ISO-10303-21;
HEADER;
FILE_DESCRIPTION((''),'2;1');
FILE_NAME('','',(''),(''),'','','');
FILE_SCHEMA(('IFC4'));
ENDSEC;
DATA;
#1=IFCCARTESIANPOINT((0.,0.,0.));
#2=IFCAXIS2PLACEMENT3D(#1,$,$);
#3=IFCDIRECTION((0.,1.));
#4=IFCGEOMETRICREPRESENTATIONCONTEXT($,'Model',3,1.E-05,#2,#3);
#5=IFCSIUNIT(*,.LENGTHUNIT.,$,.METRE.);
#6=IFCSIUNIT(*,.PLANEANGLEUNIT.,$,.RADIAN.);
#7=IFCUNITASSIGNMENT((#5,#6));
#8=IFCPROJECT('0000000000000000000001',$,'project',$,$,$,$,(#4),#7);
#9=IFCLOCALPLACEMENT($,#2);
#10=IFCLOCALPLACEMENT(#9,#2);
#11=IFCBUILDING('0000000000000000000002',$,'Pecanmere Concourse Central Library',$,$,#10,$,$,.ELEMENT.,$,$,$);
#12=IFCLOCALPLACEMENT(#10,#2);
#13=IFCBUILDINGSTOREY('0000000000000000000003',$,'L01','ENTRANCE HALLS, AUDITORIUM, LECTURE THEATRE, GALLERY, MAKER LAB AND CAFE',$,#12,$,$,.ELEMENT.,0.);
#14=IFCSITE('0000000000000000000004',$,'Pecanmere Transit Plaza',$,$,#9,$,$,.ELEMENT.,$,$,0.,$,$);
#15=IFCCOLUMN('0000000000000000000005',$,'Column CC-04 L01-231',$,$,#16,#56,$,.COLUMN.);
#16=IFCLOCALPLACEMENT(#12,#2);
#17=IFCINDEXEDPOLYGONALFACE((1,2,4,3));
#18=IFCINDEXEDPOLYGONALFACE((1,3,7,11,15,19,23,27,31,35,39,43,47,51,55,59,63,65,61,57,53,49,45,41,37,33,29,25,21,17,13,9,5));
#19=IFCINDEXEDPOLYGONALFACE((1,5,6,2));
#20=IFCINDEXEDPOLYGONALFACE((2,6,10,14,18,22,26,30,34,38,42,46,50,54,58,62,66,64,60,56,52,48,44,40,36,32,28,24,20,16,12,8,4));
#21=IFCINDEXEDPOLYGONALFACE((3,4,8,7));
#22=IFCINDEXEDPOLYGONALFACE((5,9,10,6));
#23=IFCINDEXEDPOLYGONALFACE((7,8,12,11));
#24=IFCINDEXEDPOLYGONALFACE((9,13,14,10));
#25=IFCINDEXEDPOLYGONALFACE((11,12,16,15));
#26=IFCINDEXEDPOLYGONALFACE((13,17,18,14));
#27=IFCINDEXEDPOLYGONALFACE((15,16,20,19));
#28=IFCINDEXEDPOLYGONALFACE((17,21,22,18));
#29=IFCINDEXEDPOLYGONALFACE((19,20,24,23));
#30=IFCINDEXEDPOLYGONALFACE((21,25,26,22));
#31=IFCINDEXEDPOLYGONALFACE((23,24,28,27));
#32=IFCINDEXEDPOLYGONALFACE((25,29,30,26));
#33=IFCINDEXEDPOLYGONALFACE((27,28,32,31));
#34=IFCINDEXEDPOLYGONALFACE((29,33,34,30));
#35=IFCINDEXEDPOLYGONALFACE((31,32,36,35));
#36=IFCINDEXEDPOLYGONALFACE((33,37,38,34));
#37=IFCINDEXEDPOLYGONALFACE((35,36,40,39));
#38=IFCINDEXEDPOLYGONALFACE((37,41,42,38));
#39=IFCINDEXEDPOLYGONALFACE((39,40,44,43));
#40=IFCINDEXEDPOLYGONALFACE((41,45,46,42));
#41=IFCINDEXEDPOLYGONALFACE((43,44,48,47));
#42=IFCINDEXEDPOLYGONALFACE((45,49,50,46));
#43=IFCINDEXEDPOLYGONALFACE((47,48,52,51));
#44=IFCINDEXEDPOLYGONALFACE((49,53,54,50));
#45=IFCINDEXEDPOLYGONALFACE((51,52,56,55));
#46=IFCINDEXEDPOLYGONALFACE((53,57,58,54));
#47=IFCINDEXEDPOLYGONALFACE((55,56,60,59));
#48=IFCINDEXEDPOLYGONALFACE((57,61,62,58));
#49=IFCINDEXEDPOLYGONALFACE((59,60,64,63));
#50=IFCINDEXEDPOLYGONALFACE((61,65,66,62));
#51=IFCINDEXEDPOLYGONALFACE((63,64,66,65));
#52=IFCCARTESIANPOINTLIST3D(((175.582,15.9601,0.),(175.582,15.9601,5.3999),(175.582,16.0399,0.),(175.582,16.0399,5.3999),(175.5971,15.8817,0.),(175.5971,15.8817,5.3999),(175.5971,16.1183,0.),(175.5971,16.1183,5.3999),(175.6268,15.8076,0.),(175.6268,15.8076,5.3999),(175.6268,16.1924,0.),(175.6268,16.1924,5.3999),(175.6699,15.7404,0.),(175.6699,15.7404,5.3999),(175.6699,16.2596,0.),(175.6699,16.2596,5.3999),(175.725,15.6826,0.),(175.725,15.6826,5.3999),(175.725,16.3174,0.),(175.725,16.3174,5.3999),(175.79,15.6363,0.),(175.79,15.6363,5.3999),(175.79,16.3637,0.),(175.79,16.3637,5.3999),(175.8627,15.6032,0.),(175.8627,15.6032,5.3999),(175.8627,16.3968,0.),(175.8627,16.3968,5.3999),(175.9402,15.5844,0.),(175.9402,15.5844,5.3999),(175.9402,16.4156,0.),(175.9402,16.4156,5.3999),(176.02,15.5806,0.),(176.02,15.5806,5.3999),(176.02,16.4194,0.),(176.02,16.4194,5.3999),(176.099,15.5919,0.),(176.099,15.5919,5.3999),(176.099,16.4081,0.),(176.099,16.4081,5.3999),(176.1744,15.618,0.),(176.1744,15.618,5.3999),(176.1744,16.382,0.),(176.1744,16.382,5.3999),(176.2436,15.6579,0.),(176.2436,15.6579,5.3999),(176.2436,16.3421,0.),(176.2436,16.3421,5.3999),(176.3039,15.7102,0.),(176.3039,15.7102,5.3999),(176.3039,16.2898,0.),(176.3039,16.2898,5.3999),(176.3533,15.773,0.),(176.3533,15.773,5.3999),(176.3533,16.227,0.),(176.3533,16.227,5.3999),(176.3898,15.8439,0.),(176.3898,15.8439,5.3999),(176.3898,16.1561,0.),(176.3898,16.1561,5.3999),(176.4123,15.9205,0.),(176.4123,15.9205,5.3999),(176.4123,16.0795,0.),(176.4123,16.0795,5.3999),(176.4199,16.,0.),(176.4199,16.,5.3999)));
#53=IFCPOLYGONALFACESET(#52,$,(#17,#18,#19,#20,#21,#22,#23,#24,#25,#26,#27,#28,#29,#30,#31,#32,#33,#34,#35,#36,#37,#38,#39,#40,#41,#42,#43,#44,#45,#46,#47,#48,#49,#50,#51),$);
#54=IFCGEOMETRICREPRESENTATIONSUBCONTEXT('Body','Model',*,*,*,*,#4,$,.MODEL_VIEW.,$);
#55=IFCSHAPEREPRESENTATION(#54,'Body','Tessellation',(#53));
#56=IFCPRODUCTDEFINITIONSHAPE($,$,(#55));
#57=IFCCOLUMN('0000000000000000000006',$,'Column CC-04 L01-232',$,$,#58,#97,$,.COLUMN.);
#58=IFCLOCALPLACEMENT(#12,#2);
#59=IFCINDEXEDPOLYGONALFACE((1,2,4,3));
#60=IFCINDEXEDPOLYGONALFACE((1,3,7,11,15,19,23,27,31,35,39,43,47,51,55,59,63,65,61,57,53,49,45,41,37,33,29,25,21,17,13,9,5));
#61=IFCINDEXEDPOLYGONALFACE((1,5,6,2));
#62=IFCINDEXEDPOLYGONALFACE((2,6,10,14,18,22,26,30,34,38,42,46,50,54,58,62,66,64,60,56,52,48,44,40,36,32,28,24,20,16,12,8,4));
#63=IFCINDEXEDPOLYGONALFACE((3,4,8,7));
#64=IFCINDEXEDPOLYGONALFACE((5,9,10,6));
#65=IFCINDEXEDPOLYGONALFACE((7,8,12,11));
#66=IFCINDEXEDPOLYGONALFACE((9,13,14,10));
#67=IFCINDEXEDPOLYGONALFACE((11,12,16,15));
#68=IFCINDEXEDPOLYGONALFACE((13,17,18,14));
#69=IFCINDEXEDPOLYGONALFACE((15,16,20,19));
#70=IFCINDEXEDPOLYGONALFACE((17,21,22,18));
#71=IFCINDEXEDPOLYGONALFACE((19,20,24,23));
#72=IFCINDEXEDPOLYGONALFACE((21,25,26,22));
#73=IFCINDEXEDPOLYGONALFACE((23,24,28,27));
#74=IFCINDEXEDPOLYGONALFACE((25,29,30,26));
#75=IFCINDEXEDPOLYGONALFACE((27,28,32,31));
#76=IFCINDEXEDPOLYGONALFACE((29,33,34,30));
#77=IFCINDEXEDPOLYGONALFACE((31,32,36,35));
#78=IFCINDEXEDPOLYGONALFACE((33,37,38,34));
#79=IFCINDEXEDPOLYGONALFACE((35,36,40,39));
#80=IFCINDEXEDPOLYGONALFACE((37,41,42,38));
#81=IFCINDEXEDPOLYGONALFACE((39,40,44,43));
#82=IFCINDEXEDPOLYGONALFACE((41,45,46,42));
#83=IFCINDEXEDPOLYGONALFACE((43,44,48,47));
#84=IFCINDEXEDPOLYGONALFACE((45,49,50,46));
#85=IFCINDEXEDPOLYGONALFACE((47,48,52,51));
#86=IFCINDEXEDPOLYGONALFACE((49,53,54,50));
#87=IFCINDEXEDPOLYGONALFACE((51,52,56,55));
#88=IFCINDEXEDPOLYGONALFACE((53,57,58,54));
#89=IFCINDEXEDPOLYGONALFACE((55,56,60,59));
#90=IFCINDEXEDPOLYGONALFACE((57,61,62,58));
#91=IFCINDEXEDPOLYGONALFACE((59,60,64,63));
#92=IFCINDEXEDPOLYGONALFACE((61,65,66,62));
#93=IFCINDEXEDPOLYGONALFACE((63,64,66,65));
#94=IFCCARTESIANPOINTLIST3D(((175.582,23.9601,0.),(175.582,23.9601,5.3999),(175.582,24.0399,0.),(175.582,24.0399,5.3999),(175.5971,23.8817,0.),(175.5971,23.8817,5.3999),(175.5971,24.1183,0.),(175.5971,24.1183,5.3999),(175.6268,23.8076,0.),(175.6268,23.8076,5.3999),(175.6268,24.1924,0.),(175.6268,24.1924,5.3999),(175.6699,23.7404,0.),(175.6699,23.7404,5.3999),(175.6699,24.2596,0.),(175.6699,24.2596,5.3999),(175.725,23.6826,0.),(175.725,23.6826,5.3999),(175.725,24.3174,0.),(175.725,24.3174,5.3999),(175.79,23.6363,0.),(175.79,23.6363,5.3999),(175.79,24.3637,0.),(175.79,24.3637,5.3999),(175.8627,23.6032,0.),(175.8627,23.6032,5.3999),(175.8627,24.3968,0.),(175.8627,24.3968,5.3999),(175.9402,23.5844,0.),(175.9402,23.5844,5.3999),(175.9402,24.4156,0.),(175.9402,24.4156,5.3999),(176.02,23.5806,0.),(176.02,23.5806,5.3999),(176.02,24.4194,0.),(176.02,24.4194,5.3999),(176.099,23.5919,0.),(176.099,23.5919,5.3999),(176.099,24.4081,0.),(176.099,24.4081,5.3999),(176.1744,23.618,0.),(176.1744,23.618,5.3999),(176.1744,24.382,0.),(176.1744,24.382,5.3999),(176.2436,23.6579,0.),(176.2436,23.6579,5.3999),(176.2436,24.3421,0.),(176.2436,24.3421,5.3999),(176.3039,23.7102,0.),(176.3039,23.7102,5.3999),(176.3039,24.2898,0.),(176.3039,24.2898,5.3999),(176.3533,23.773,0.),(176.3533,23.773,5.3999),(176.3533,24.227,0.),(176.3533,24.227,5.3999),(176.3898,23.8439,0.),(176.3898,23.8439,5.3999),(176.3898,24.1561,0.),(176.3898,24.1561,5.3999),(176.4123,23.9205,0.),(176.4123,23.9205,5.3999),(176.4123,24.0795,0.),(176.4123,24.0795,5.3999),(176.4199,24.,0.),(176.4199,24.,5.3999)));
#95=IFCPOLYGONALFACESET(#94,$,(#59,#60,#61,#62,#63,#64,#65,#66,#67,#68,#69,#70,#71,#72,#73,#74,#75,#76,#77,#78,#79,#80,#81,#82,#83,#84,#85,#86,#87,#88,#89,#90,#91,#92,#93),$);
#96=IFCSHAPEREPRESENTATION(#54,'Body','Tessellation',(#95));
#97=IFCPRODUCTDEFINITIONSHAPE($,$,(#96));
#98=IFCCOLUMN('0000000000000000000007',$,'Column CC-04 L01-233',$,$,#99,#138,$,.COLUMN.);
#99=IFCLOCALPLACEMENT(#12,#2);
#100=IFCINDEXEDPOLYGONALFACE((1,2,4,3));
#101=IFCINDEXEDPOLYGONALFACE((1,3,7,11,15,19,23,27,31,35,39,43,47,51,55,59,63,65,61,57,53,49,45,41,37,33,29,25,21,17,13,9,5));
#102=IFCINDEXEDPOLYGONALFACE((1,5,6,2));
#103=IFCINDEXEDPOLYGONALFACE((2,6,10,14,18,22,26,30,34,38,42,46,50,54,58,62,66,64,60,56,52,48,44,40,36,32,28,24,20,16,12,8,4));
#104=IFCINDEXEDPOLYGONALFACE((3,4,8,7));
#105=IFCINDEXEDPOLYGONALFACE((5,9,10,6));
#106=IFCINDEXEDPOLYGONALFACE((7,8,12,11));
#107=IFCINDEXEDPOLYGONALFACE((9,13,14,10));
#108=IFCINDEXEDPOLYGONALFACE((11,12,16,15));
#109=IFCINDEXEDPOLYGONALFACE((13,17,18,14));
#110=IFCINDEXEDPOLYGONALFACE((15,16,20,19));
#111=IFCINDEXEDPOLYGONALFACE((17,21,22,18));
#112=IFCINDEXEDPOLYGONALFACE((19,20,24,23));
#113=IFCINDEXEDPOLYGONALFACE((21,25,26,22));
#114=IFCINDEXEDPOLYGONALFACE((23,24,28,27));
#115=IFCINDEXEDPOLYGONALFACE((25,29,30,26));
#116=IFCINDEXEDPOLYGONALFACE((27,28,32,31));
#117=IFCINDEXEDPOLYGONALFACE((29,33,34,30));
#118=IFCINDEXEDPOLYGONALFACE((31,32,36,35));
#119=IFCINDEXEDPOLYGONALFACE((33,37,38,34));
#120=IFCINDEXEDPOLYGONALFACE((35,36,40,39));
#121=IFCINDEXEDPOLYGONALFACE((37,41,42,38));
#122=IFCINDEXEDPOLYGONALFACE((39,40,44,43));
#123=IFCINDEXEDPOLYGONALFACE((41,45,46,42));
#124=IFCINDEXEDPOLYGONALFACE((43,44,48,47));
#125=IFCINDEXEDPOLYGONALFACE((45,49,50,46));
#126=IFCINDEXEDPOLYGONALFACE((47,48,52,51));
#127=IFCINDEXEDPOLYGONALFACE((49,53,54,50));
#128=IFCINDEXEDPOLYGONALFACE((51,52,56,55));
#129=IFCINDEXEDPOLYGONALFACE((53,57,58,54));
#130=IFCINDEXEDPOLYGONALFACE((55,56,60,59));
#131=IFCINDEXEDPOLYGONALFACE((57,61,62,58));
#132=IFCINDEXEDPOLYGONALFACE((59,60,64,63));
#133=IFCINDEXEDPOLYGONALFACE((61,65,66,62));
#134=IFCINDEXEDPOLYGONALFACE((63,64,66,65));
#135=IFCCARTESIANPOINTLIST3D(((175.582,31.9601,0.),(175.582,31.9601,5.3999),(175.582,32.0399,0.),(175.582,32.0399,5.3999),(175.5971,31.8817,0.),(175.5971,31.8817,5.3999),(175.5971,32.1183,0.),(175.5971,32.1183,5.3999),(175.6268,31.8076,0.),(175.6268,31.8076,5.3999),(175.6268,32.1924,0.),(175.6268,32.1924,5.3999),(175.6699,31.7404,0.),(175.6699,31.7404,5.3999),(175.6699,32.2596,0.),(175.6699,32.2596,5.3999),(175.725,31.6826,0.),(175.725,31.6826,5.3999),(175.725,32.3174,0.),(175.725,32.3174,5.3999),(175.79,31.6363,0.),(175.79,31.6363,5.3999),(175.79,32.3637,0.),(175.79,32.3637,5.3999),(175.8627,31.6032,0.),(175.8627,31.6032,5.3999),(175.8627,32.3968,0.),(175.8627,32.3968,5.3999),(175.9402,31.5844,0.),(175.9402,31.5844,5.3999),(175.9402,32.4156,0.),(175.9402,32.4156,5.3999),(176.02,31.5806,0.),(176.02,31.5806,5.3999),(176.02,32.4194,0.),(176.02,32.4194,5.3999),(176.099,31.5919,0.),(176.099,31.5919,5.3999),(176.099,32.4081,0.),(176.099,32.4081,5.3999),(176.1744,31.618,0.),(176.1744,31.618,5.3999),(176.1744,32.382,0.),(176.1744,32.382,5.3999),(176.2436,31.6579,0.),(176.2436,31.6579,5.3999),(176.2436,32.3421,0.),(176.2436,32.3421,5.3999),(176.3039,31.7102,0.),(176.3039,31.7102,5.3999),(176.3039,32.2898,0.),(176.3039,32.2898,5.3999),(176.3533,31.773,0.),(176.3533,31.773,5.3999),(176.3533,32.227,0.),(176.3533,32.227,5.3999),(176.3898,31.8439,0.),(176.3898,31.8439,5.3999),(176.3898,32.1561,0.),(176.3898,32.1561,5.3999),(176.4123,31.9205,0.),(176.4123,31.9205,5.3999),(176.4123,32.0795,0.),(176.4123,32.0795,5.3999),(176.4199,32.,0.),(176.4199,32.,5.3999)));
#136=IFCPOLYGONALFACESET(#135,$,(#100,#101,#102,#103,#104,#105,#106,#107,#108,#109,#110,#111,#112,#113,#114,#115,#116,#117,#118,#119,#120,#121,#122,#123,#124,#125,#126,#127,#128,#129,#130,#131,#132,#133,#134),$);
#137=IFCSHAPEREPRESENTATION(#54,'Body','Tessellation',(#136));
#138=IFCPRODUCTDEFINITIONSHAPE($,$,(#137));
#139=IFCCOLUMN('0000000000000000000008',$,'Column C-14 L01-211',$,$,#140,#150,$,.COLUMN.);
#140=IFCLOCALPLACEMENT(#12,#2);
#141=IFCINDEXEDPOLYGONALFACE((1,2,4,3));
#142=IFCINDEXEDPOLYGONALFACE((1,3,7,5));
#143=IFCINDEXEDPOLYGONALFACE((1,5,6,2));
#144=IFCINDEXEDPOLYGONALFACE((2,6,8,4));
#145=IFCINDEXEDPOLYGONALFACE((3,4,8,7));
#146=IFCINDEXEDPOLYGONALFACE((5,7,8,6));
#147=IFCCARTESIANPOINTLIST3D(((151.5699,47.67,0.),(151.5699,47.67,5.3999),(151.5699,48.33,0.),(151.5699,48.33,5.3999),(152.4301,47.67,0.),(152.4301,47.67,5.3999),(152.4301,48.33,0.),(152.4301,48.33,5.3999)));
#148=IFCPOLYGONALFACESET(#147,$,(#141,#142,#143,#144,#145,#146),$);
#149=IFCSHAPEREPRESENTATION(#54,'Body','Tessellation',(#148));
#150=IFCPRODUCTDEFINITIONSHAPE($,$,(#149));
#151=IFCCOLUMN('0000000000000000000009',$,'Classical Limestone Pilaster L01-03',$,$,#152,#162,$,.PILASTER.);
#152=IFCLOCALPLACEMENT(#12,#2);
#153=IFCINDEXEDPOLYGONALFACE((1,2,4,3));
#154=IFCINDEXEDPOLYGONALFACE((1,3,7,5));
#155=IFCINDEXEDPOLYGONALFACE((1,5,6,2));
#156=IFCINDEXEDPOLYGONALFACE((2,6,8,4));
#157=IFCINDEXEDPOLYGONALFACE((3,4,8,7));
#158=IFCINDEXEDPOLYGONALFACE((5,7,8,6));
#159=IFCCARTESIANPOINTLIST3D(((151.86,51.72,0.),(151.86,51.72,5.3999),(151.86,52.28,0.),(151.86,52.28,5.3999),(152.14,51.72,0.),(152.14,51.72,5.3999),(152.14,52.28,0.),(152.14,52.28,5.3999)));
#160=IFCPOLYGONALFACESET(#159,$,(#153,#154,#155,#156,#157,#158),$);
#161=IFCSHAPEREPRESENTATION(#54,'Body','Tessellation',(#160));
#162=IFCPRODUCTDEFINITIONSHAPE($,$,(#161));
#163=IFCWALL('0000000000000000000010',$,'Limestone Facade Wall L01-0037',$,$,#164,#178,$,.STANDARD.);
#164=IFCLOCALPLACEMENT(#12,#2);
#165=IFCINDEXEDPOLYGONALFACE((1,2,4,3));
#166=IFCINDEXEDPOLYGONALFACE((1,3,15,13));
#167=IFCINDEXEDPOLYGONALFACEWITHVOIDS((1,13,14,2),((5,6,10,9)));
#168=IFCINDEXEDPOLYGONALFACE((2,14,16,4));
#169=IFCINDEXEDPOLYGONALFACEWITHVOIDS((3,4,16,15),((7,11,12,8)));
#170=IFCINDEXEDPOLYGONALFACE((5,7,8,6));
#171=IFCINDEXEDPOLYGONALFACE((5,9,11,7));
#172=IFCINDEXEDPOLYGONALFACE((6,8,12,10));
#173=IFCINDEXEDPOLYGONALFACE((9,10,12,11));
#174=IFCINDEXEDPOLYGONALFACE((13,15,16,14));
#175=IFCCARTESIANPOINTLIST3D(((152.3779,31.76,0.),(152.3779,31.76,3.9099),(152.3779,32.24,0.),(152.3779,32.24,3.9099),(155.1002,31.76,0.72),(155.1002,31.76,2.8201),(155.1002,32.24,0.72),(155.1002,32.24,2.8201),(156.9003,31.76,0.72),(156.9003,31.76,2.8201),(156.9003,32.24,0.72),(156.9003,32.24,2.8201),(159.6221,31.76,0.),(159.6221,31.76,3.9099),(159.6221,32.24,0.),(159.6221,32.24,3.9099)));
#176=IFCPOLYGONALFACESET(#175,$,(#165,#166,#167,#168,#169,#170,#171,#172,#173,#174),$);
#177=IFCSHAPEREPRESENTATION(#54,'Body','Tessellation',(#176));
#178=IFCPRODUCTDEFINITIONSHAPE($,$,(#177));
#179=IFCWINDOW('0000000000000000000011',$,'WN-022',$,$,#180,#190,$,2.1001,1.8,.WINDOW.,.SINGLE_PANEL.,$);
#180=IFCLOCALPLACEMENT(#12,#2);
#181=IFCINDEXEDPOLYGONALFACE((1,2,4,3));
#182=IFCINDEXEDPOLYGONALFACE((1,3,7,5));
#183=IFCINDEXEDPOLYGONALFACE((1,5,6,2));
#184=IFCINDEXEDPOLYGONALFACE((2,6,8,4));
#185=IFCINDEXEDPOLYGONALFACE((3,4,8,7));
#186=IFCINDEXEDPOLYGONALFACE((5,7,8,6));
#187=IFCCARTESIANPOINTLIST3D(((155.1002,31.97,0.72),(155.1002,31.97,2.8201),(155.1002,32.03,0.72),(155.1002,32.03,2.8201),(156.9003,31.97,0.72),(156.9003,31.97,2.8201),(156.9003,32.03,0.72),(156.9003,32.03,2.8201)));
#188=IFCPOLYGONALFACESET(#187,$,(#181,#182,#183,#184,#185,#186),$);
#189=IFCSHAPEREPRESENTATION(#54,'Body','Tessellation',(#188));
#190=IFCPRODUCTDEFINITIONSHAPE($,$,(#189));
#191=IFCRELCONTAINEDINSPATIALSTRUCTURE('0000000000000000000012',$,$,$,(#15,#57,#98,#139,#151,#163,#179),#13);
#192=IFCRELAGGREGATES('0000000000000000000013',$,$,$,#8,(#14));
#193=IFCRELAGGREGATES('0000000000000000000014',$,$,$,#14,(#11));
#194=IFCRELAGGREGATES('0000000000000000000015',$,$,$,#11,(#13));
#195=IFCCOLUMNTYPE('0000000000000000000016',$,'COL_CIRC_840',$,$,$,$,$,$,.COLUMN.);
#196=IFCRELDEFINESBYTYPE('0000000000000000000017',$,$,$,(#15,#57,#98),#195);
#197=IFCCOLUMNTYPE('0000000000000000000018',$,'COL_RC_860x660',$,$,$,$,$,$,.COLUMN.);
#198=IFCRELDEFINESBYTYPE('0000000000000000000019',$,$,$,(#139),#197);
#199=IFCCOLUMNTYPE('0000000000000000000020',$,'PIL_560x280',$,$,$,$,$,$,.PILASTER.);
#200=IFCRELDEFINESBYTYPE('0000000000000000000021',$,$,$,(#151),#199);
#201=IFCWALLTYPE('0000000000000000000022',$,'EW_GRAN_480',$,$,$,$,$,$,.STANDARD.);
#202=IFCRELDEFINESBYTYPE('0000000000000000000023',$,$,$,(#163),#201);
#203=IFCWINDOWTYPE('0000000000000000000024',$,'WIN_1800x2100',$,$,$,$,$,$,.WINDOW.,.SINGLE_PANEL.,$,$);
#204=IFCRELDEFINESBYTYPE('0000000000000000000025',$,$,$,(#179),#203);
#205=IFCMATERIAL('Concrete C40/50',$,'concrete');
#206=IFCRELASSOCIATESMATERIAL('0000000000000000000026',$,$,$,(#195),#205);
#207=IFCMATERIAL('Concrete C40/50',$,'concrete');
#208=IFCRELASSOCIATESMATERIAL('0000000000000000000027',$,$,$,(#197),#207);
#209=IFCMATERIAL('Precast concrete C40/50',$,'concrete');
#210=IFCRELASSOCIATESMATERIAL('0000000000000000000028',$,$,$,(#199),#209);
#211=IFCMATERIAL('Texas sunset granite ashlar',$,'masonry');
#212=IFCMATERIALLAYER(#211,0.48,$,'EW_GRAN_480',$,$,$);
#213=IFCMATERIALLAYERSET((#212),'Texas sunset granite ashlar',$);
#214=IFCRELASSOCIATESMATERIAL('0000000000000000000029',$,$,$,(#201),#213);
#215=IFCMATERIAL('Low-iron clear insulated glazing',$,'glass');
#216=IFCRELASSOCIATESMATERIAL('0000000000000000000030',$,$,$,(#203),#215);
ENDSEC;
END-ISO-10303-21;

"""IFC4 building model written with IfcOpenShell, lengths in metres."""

from ifc_helpers import new_model, si_unit, direction, frame, frame_2d, origin, origin_2d, place, context, subcontext, project, spatial, rectangle, circle, extrude, material, layer, layer_set, material_profile, profile_set, type_object, element, fill, save


model = new_model("IFC4")

# Units and contexts
model_context = context("Model", 3, precision=1e-05, world=origin(), true_north=direction((0.0, 1.0)))
body_context = subcontext(model_context, "Body", "Model", "MODEL_VIEW")
ifc_project = project(units=[si_unit("LENGTHUNIT", "METRE"), si_unit("PLANEANGLEUNIT", "RADIAN")], contexts=[model_context])

# Site, building, storey
site_placement = place(None, origin())
site = spatial("IfcSite", under=ifc_project, at=site_placement, Name="Pecanmere Transit Plaza", CompositionType="ELEMENT", RefElevation=0.0)
building_placement = place(site_placement, origin())
building = spatial("IfcBuilding", under=site, at=building_placement, Name="Pecanmere Concourse Central Library", CompositionType="ELEMENT")
storey_placement = place(building_placement, origin())
storey = spatial("IfcBuildingStorey", under=building, at=storey_placement, Name="L01", Description="ENTRANCE HALLS, AUDITORIUM, LECTURE THEATRE, GALLERY, MAKER LAB AND CAFE", CompositionType="ELEMENT", Elevation=0.0)

# Columns
ifc_material_1 = material(Name="Concrete C40/50", Category="concrete")
ifc_material_profile_1 = material_profile(ifc_material_1, circle(Radius=0.4199, at=origin_2d()), Name="RC D840")
ifc_profile_set_1 = profile_set([ifc_material_profile_1], Name="Concrete C40/50")
column_type_1 = type_object("IfcColumnType", Name="COL_CIRC_840", PredefinedType="COLUMN", material=ifc_profile_set_1)
for number, where, z_axis, x_axis, name in (
    (1, (176.0, 16.0, 0.0), (0.0, 0.0, 1.0), (1.0, 0.0, 0.0), "Column CC-04 L01-231"),
    (2, (176.0, 24.0, 0.0), (0.0, 0.0, 1.0), (1.0, 0.0, 0.0), "Column CC-04 L01-232"),
    (3, (176.0, 32.0, 0.0), (0.0, 0.0, 1.0), (1.0, 0.0, 0.0), "Column CC-04 L01-233"),
):
    element("IfcColumn", number, at=place(storey_placement, frame(where, z_axis=z_axis, x_axis=x_axis)), inside=storey, type_object=column_type_1, Name=name, PredefinedType="COLUMN", context=body_context, shape_type="SweptSolid", body=[
        extrude(circle(Radius=0.4199, at=origin_2d()), origin(), (0.0, 0.0, 1.0), 5.3999),
    ])
ifc_material_2 = material(Name="Concrete C40/50", Category="concrete")
ifc_material_profile_2 = material_profile(ifc_material_2, rectangle(XDim=0.8601, YDim=0.6599, at=origin_2d()), Name="RC 860x660")
ifc_profile_set_2 = profile_set([ifc_material_profile_2], Name="Concrete C40/50")
column_type_2 = type_object("IfcColumnType", Name="COL_RC_860x660", PredefinedType="COLUMN", material=ifc_profile_set_2)
column_1_placement = place(storey_placement, frame((152.0, 48.0, 0.0), z_axis=(0.0, 0.0, 1.0), x_axis=(1.0, 0.0, 0.0)))
element("IfcColumn", 4, at=column_1_placement, inside=storey, type_object=column_type_2, Name="Column C-14 L01-211", PredefinedType="COLUMN", context=body_context, shape_type="SweptSolid", body=[
    extrude(rectangle(XDim=0.8601, YDim=0.6599, at=origin_2d()), origin(), (0.0, 0.0, 1.0), 5.3999),
])
ifc_material_3 = material(Name="Precast concrete C40/50", Category="concrete")
ifc_material_profile_3 = material_profile(ifc_material_3, rectangle(XDim=0.5601, YDim=0.28, at=origin_2d()), Name="RC 560x280")
ifc_profile_set_3 = profile_set([ifc_material_profile_3], Name="Precast concrete C40/50")
column_type_3 = type_object("IfcColumnType", Name="PIL_560x280", PredefinedType="PILASTER", material=ifc_profile_set_3)
column_2_placement = place(storey_placement, frame((152.0, 52.0, 0.0), z_axis=(0.0, 0.0, 1.0), x_axis=(0.0, 1.0, 0.0)))
element("IfcColumn", 5, at=column_2_placement, inside=storey, type_object=column_type_3, Name="Classical Limestone Pilaster L01-03", PredefinedType="PILASTER", context=body_context, shape_type="SweptSolid", body=[
    extrude(rectangle(XDim=0.5601, YDim=0.28, at=origin_2d()), origin(), (0.0, 0.0, 1.0), 5.3999),
])

# Wall, opening, window
ifc_material_4 = material(Name="Texas sunset granite ashlar", Category="masonry")
ifc_layer_1 = layer(ifc_material_4, 0.48, Name="EW_GRAN_480")
ifc_layer_set_1 = layer_set([ifc_layer_1], Name="Texas sunset granite ashlar")
wall_type_1 = type_object("IfcWallType", Name="EW_GRAN_480", PredefinedType="STANDARD", material=ifc_layer_set_1)
wall_1_placement = place(storey_placement, frame((159.6221, 32.0, 0.0), z_axis=(0.0, 0.0, 1.0), x_axis=(-1.0, 0.0, 0.0)))
wall_1 = element("IfcWall", 6, at=wall_1_placement, inside=storey, type_object=wall_type_1, Name="Limestone Facade Wall L01-0037", PredefinedType="STANDARD", context=body_context, shape_type="SweptSolid", body=[
    extrude(rectangle(XDim=7.2441, YDim=0.48, at=frame_2d((3.6221, 0.0))), origin(), (0.0, 0.0, 1.0), 3.9099),
])
opening_1_placement = place(wall_1_placement, frame((2.7219, 0.0, 0.72)))
opening_1 = element("IfcOpeningElement", 7, at=opening_1_placement, cuts=wall_1, PredefinedType="OPENING", context=body_context, shape_type="SweptSolid", body=[
    extrude(rectangle(XDim=1.8, YDim=2.1001, at=frame_2d((0.8999, 1.05))), frame((0.0, 0.252, 0.0), z_axis=(0.0, -1.0, 0.0), x_axis=(1.0, 0.0, 0.0)), (0.0, 0.0, 1.0), 0.5039),
])
ifc_material_5 = material(Name="Low-iron clear insulated glazing", Category="glass")
window_type_1 = type_object("IfcWindowType", Name="WIN_1800x2100", PartitioningType="SINGLE_PANEL", PredefinedType="WINDOW", material=ifc_material_5)
window_1_placement = place(opening_1_placement, origin())
window_1 = element("IfcWindow", 8, at=window_1_placement, inside=storey, type_object=window_type_1, Name="WN-022", OverallHeight=2.1001, OverallWidth=1.8, PartitioningType="SINGLE_PANEL", PredefinedType="WINDOW", context=body_context, shape_type="SweptSolid", body=[
    extrude(rectangle(XDim=1.8, YDim=2.1001, at=frame_2d((0.8999, 1.05))), frame((0.0, 0.03, 0.0), z_axis=(0.0, -1.0, 0.0), x_axis=(1.0, 0.0, 0.0)), (0.0, 0.0, 1.0), 0.0601),
])
fill(opening_1, window_1)

save(model, "model.ifc")
